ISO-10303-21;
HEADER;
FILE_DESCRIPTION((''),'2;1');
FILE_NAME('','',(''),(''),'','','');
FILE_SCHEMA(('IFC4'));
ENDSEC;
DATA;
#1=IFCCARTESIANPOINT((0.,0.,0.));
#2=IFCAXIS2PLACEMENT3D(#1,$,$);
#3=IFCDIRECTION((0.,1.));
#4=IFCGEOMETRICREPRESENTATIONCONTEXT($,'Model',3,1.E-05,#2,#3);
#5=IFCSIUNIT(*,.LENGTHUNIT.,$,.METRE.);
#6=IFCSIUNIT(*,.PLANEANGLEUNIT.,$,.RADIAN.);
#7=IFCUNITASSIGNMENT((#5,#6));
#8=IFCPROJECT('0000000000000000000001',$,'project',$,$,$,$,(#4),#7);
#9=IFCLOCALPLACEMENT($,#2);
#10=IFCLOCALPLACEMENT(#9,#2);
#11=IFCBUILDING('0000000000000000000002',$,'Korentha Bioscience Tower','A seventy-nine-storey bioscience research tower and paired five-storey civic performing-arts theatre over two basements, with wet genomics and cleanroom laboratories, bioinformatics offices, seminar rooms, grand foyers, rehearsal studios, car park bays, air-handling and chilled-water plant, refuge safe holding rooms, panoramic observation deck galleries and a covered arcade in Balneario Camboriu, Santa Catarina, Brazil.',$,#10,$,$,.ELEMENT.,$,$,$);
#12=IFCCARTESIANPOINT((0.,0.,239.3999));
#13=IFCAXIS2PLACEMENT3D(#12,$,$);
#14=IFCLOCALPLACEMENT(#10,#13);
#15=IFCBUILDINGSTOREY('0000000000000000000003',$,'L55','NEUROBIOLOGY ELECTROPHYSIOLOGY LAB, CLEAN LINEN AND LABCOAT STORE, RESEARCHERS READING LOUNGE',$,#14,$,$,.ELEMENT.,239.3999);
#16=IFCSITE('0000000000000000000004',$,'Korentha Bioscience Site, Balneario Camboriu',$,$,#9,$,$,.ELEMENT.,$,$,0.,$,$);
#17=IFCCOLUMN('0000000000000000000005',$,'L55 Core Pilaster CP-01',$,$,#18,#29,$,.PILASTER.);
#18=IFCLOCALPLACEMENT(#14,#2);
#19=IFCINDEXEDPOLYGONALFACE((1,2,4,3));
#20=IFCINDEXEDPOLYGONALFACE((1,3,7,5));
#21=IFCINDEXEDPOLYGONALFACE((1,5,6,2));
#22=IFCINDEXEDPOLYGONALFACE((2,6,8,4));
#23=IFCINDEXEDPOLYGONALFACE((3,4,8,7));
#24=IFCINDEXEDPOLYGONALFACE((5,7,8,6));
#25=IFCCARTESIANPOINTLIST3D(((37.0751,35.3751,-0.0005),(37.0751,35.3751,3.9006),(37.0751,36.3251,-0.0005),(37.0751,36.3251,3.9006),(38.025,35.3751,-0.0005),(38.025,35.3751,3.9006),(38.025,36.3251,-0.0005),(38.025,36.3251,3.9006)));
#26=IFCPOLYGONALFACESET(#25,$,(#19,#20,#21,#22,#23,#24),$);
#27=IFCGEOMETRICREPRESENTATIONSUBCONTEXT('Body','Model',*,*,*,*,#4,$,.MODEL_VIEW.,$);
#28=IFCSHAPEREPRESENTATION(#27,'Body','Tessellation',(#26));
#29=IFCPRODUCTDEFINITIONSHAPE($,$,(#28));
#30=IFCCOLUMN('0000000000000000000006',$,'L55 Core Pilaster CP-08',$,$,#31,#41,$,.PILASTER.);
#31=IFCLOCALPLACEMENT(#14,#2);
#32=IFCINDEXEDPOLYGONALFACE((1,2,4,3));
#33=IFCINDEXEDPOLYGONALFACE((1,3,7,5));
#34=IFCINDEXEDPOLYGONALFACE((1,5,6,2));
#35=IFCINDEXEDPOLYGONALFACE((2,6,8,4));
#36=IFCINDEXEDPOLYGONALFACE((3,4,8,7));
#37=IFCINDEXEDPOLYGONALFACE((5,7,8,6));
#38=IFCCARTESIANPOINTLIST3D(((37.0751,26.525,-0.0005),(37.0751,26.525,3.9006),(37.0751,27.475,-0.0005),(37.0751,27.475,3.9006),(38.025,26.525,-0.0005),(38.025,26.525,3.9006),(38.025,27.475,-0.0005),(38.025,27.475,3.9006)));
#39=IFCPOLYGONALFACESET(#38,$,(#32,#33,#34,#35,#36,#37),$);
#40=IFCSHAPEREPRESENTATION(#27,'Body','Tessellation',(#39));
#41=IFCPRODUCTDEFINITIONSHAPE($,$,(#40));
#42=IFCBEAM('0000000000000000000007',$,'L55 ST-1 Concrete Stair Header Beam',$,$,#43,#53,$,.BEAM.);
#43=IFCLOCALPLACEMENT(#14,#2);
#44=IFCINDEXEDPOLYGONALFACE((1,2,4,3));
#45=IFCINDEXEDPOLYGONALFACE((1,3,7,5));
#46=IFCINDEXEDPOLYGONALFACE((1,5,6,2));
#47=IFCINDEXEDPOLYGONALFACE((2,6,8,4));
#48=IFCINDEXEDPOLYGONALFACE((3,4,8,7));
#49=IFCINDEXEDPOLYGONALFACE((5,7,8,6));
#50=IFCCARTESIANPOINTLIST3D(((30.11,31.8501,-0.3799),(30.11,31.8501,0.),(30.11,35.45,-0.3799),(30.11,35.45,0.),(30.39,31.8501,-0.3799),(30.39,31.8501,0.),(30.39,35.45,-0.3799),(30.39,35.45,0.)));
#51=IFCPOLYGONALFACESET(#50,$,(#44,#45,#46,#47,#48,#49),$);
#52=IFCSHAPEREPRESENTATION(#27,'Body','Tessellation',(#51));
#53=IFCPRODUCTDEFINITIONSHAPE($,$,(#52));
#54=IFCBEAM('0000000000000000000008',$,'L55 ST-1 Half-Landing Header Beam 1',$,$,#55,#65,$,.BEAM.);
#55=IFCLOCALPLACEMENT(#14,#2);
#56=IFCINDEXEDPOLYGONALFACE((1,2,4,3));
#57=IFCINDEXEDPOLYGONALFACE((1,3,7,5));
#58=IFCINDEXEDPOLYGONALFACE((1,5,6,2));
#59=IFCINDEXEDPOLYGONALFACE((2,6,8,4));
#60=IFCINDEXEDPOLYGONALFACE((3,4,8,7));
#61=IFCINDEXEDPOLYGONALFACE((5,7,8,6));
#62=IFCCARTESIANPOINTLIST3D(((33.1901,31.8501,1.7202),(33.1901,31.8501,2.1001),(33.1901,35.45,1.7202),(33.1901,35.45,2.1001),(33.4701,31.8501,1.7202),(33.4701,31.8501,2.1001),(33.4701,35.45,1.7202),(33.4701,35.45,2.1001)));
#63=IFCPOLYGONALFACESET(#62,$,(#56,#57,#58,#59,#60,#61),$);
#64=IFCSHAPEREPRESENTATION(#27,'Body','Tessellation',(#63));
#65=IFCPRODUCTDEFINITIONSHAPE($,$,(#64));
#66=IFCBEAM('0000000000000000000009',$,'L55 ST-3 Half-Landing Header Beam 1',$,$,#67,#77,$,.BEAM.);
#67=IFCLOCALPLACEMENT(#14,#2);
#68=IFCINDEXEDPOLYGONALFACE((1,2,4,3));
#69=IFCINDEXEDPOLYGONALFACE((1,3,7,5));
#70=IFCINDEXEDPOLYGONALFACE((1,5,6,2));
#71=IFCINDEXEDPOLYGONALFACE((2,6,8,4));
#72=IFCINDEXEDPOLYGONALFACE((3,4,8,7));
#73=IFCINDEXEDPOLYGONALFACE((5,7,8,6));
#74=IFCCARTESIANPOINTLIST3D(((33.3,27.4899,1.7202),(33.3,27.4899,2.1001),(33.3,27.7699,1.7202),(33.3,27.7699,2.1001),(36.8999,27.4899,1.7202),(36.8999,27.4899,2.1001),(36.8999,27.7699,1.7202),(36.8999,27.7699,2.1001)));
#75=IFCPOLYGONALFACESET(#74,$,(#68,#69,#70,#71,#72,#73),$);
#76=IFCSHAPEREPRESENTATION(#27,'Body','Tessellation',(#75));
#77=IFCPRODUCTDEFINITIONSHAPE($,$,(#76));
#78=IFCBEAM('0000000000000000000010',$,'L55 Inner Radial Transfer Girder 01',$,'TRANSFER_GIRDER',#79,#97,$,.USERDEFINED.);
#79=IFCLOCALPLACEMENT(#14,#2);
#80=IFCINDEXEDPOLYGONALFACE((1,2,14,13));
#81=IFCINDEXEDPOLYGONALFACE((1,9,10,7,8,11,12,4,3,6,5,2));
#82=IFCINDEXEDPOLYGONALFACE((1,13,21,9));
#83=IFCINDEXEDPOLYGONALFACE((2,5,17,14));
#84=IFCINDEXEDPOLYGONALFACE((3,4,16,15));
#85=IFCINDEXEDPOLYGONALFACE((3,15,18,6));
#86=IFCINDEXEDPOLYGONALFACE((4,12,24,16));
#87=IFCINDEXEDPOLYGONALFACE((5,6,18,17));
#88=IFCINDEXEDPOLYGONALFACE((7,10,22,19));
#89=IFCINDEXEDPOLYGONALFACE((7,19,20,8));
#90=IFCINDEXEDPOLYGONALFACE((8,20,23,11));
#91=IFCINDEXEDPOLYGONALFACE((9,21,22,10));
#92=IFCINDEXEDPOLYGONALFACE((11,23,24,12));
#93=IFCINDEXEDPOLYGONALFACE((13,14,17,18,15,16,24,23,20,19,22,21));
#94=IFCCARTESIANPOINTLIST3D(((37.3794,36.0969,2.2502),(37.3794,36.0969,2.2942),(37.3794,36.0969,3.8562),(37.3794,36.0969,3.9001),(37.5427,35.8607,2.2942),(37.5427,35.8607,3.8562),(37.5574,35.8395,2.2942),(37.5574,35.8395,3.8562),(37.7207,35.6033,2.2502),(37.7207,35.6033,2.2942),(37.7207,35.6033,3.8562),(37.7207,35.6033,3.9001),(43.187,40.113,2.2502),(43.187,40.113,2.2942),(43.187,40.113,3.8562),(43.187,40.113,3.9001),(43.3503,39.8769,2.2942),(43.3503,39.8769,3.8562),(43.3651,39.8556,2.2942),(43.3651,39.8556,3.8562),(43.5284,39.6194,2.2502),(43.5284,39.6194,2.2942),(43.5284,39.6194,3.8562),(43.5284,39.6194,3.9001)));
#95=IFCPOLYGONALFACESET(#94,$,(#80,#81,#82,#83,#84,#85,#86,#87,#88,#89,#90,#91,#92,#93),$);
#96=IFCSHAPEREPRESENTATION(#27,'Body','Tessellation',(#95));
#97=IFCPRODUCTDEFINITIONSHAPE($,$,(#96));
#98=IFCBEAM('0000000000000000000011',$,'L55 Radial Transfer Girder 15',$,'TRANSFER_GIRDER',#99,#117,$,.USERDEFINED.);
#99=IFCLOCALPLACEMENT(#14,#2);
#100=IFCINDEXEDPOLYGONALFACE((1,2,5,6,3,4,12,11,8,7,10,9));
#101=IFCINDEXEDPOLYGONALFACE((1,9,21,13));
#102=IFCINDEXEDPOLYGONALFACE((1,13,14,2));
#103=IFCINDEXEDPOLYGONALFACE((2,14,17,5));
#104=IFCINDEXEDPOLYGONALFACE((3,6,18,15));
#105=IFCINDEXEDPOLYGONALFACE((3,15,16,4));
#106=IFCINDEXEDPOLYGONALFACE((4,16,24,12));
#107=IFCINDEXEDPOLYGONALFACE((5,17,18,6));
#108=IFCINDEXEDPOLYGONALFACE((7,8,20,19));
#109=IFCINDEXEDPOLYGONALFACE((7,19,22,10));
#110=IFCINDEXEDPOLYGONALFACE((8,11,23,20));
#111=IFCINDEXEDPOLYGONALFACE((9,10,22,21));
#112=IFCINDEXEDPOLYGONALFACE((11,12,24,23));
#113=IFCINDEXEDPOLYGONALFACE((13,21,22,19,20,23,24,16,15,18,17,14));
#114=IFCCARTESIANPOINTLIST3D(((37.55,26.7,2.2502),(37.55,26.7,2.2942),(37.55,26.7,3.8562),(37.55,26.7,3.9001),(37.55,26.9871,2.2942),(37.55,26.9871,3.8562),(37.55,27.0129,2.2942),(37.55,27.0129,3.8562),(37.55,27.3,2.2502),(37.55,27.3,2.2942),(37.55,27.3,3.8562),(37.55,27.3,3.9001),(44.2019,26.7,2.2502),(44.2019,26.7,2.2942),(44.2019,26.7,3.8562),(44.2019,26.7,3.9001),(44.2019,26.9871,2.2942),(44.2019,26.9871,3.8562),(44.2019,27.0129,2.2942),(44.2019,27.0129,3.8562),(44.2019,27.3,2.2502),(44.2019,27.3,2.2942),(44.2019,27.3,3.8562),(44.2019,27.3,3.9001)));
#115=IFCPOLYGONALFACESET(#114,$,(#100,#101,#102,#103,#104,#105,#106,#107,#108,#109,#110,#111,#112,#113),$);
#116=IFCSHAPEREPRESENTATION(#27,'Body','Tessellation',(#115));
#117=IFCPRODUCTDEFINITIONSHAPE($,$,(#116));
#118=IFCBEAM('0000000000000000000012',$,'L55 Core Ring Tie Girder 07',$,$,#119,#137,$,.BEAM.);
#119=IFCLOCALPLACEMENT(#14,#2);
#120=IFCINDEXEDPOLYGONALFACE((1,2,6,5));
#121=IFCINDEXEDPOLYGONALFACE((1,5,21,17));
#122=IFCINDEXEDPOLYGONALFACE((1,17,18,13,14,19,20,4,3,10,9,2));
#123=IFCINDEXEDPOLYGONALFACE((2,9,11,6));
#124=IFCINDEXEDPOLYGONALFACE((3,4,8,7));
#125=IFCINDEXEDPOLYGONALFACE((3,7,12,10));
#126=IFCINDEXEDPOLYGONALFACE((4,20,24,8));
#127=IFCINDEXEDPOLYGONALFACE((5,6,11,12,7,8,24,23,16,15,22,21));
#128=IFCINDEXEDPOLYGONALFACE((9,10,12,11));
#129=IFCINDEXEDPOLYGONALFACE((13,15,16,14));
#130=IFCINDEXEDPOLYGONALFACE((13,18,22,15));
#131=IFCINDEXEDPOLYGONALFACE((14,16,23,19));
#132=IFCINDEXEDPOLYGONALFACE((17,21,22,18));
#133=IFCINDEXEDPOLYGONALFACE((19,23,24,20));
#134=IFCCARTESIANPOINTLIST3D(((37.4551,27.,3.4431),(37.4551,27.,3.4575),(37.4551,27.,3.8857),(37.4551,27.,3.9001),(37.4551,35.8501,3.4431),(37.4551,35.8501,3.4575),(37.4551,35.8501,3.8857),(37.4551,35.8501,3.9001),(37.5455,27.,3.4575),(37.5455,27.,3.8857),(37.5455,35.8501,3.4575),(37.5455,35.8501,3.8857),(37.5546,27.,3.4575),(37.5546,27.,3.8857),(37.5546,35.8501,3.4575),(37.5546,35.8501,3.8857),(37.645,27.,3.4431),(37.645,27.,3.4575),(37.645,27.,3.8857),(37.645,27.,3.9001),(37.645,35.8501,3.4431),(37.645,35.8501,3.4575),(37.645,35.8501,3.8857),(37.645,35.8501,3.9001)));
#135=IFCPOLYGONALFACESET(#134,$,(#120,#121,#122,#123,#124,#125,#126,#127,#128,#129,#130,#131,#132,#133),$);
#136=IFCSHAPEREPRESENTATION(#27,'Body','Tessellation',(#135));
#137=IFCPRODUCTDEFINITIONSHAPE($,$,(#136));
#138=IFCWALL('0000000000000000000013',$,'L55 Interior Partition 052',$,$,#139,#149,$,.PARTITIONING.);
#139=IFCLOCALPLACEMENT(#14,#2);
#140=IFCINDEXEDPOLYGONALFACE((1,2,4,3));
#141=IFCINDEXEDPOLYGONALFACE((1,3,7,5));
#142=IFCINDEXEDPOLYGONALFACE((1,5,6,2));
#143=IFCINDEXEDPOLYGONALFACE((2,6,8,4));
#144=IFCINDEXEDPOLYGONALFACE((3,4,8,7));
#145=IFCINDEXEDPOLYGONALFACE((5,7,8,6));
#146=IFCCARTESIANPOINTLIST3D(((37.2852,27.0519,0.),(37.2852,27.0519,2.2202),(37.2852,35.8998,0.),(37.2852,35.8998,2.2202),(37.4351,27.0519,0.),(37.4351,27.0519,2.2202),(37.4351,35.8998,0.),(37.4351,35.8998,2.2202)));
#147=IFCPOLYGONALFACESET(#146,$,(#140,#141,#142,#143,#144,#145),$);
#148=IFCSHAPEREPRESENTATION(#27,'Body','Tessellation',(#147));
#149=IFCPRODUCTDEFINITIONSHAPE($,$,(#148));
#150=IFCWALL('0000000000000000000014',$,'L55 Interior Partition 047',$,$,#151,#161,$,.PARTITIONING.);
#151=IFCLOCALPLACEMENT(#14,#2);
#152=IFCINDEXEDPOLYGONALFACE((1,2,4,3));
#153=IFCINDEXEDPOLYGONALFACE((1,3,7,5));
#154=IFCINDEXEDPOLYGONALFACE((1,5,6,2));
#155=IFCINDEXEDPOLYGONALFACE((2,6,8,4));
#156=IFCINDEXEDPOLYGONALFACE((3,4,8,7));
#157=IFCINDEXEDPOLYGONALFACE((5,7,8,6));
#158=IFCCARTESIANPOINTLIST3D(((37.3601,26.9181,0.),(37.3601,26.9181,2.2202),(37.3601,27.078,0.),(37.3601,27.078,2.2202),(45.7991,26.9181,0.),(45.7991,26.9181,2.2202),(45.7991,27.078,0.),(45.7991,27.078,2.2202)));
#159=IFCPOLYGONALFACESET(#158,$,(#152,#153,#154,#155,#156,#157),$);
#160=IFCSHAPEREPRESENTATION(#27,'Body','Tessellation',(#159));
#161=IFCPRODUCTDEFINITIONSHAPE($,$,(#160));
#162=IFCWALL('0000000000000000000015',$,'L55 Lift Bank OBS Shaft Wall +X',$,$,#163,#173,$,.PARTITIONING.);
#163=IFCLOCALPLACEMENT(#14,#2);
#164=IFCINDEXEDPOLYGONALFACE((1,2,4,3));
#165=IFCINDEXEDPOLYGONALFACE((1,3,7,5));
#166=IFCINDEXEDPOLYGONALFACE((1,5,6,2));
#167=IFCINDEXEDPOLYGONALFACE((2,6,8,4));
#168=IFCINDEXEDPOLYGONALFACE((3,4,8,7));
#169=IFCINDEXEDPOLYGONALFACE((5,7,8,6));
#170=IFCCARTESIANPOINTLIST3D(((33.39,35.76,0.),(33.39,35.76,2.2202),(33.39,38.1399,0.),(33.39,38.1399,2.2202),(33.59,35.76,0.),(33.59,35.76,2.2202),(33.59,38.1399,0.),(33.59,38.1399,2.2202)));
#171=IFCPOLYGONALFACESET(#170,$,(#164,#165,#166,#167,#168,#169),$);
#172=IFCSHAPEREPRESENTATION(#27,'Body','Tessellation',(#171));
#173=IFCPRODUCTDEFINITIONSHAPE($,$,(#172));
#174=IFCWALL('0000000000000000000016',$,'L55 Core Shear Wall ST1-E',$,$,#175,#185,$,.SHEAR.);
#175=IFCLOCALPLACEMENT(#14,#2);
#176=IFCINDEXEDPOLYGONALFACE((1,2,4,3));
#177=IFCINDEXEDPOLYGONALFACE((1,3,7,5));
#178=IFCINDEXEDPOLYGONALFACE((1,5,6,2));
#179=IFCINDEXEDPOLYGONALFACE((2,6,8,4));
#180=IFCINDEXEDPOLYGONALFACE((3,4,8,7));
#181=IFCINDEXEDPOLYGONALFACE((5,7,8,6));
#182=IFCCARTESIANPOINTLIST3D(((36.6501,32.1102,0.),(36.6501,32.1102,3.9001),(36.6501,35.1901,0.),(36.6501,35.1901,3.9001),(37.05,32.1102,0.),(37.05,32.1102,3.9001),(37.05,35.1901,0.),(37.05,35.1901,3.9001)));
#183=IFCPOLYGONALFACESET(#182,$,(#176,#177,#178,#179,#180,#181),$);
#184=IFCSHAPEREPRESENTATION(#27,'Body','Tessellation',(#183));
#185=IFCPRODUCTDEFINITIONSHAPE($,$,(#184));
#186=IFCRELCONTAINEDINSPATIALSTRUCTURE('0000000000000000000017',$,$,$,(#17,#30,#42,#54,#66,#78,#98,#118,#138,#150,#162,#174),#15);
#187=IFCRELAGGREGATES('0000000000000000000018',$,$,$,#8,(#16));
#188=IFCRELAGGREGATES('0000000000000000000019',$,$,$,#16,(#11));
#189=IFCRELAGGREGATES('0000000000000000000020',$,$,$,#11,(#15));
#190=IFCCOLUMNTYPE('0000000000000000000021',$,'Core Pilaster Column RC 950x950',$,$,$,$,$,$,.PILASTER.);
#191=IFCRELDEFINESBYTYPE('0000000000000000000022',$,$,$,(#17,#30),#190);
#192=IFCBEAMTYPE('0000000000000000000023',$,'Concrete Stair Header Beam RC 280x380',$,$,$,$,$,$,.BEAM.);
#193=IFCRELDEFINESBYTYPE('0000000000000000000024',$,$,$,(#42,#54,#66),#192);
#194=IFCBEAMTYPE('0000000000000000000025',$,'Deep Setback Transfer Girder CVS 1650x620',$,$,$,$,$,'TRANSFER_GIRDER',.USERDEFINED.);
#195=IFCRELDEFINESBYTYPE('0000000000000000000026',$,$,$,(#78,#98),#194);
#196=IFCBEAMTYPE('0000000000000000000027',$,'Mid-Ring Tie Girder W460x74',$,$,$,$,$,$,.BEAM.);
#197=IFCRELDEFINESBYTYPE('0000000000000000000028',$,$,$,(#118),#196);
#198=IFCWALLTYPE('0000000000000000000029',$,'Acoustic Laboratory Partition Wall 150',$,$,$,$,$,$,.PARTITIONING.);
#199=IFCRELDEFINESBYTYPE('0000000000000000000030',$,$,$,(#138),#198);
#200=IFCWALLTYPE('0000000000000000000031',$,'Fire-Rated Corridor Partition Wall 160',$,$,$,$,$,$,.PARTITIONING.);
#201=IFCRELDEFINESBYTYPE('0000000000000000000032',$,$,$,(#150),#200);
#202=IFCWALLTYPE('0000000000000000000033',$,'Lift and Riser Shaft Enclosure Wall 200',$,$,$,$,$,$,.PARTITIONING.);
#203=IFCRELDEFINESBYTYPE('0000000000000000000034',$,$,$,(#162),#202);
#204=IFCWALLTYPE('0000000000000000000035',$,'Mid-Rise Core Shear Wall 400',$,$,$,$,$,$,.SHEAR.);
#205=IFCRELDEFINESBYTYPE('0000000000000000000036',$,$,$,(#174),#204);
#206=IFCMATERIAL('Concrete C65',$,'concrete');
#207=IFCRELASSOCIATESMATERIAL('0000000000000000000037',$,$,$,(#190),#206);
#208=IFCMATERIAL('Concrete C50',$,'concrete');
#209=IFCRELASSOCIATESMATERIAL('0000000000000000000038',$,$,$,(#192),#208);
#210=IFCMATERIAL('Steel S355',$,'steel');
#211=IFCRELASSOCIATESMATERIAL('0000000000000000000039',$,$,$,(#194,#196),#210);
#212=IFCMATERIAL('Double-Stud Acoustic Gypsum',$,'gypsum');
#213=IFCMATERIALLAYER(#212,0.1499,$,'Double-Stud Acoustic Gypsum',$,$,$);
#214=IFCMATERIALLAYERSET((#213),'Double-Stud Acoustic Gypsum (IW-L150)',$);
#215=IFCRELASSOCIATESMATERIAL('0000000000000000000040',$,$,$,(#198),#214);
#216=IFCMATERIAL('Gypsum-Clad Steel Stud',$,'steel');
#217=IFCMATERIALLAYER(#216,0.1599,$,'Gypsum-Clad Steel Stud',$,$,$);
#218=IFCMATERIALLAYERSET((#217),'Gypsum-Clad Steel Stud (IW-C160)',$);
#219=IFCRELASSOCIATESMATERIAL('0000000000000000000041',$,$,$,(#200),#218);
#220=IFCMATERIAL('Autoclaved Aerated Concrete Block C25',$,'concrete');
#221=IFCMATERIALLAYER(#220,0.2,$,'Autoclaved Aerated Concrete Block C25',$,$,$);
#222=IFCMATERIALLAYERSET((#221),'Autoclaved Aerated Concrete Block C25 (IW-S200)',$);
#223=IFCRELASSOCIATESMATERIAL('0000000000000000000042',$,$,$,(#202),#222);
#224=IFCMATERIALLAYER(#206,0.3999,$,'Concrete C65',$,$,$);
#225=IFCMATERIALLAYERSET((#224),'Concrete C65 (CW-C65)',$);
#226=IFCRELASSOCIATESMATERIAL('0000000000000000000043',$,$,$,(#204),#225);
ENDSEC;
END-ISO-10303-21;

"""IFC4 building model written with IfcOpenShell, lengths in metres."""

from ifc_helpers import new_model, si_unit, direction, frame, frame_2d, origin, origin_2d, place, context, subcontext, project, spatial, rectangle, i_section, extrude, material, layer, layer_set, material_profile, profile_set, type_object, element, save


model = new_model("IFC4")

# Units and contexts
model_context = context("Model", 3, precision=1e-05, world=origin(), true_north=direction((0.0, 1.0)))
body_context = subcontext(model_context, "Body", "Model", "MODEL_VIEW")
ifc_project = project(units=[si_unit("LENGTHUNIT", "METRE"), si_unit("PLANEANGLEUNIT", "RADIAN")], contexts=[model_context])

# Site, building, storey
site_placement = place(None, origin())
site = spatial("IfcSite", under=ifc_project, at=site_placement, Name="Korentha Bioscience Site, Balneario Camboriu", CompositionType="ELEMENT", RefElevation=0.0)
building_placement = place(site_placement, origin())
building = spatial("IfcBuilding", under=site, at=building_placement, Name="Korentha Bioscience Tower", Description="A seventy-nine-storey bioscience research tower and paired five-storey civic performing-arts theatre over two basements, with wet genomics and cleanroom laboratories, bioinformatics offices, seminar rooms, grand foyers, rehearsal studios, car park bays, air-handling and chilled-water plant, refuge safe holding rooms, panoramic observation deck galleries and a covered arcade in Balneario Camboriu, Santa Catarina, Brazil.", CompositionType="ELEMENT")
storey_placement = place(building_placement, frame((0.0, 0.0, 239.3999)))
storey = spatial("IfcBuildingStorey", under=building, at=storey_placement, Name="L55", Description="NEUROBIOLOGY ELECTROPHYSIOLOGY LAB, CLEAN LINEN AND LABCOAT STORE, RESEARCHERS READING LOUNGE", CompositionType="ELEMENT", Elevation=239.3999)

# Columns
ifc_material_1 = material(Name="Concrete C65", Category="concrete")
ifc_material_profile_1 = material_profile(ifc_material_1, rectangle(XDim=0.95, YDim=0.95, at=origin_2d()), Name="Concrete C65")
ifc_profile_set_1 = profile_set([ifc_material_profile_1], Name="Concrete C65 (COL-CP09)")
column_type = type_object("IfcColumnType", Name="Core Pilaster Column RC 950x950", PredefinedType="PILASTER", material=ifc_profile_set_1)
for number, where, z_axis, x_axis, name in (
    (1, (37.55, 35.8501, -0.0005), (0.0, 0.0, 1.0), (1.0, 0.0, 0.0), "L55 Core Pilaster CP-01"),
    (2, (37.55, 27.0, -0.0005), (0.0, 0.0, 1.0), (1.0, 0.0, 0.0), "L55 Core Pilaster CP-08"),
):
    element("IfcColumn", number, at=place(storey_placement, frame(where, z_axis=z_axis, x_axis=x_axis)), inside=storey, type_object=column_type, Name=name, PredefinedType="PILASTER", context=body_context, shape_type="SweptSolid", body=[
        extrude(rectangle(XDim=0.95, YDim=0.95, at=origin_2d()), origin(), (0.0, 0.0, 1.0), 3.9011),
    ])

# Beams
ifc_material_2 = material(Name="Concrete C50", Category="concrete")
ifc_material_profile_2 = material_profile(ifc_material_2, rectangle(XDim=0.28, YDim=0.3799, at=origin_2d()), Name="Concrete C50")
ifc_profile_set_2 = profile_set([ifc_material_profile_2], Name="Concrete C50 (ST-HB380)")
beam_type_1 = type_object("IfcBeamType", Name="Concrete Stair Header Beam RC 280x380", PredefinedType="BEAM", material=ifc_profile_set_2)
for number, where, z_axis, x_axis, name in (
    (3, (30.25, 31.8501, -0.1899), (0.0, 1.0, 0.0), (-1.0, 0.0, 0.0), "L55 ST-1 Concrete Stair Header Beam"),
    (4, (33.3301, 31.8501, 1.9102), (0.0, 1.0, 0.0), (-1.0, 0.0, 0.0), "L55 ST-1 Half-Landing Header Beam 1"),
    (5, (36.8999, 27.6299, 1.9102), (-1.0, 0.0, 0.0), (0.0, -1.0, 0.0), "L55 ST-3 Half-Landing Header Beam 1"),
):
    element("IfcBeam", number, at=place(storey_placement, frame(where, z_axis=z_axis, x_axis=x_axis)), inside=storey, type_object=beam_type_1, Name=name, PredefinedType="BEAM", context=body_context, shape_type="SweptSolid", body=[
        extrude(rectangle(XDim=0.28, YDim=0.3799, at=origin_2d()), origin(), (0.0, 0.0, 1.0), 3.5999),
    ])
ifc_material_3 = material(Name="Steel S355", Category="steel")
ifc_material_profile_3 = material_profile(ifc_material_3, i_section(OverallWidth=0.6001, OverallDepth=1.6499, WebThickness=0.0259, FlangeThickness=0.0439, at=origin_2d()), Name="Steel S355")
ifc_profile_set_3 = profile_set([ifc_material_profile_3], Name="Steel S355 (TG-04)")
beam_type_2 = type_object("IfcBeamType", Name="Deep Setback Transfer Girder CVS 1650x620", ElementType="TRANSFER_GIRDER", PredefinedType="USERDEFINED", material=ifc_profile_set_3)
beam_1_placement = place(storey_placement, frame((37.55, 35.8501, 3.0752), z_axis=(0.822493, 0.568775, 0.0), x_axis=(-0.568775, 0.822493, 0.0)))
element("IfcBeam", 6, at=beam_1_placement, inside=storey, type_object=beam_type_2, Name="L55 Inner Radial Transfer Girder 01", ObjectType="TRANSFER_GIRDER", PredefinedType="USERDEFINED", context=body_context, shape_type="SweptSolid", body=[
    extrude(i_section(OverallWidth=0.6001, OverallDepth=1.6499, WebThickness=0.0259, FlangeThickness=0.0439, at=origin_2d()), origin(), (0.0, 0.0, 1.0), 7.061),
])
beam_2_placement = place(storey_placement, frame((37.55, 27.0, 3.0752), z_axis=(1.0, 0.0, 0.0), x_axis=(0.0, 1.0, 0.0)))
element("IfcBeam", 7, at=beam_2_placement, inside=storey, type_object=beam_type_2, Name="L55 Radial Transfer Girder 15", ObjectType="TRANSFER_GIRDER", PredefinedType="USERDEFINED", context=body_context, shape_type="SweptSolid", body=[
    extrude(i_section(OverallWidth=0.6001, OverallDepth=1.6499, WebThickness=0.0259, FlangeThickness=0.0439, at=origin_2d()), origin(), (0.0, 0.0, 1.0), 6.6519),
])
ifc_material_profile_4 = material_profile(ifc_material_3, i_section(OverallWidth=0.1899, OverallDepth=0.457, WebThickness=0.009, FlangeThickness=0.0144, at=origin_2d()), Name="Steel S355")
ifc_profile_set_4 = profile_set([ifc_material_profile_4], Name="Steel S355 (MB-460)")
beam_type_3 = type_object("IfcBeamType", Name="Mid-Ring Tie Girder W460x74", PredefinedType="BEAM", material=ifc_profile_set_4)
beam_3_placement = place(storey_placement, frame((37.55, 27.0, 3.6716), z_axis=(0.0, 1.0, 0.0), x_axis=(-1.0, 0.0, 0.0)))
element("IfcBeam", 8, at=beam_3_placement, inside=storey, type_object=beam_type_3, Name="L55 Core Ring Tie Girder 07", PredefinedType="BEAM", context=body_context, shape_type="SweptSolid", body=[
    extrude(i_section(OverallWidth=0.1899, OverallDepth=0.457, WebThickness=0.009, FlangeThickness=0.0144, at=origin_2d()), origin(), (0.0, 0.0, 1.0), 8.8501),
])

# Walls
ifc_material_4 = material(Name="Double-Stud Acoustic Gypsum", Category="gypsum")
ifc_layer_1 = layer(ifc_material_4, 0.1499, Name="Double-Stud Acoustic Gypsum")
ifc_layer_set_1 = layer_set([ifc_layer_1], Name="Double-Stud Acoustic Gypsum (IW-L150)")
wall_type_1 = type_object("IfcWallType", Name="Acoustic Laboratory Partition Wall 150", PredefinedType="PARTITIONING", material=ifc_layer_set_1)
wall_1_placement = place(storey_placement, frame((37.3601, 27.052, 0.0), z_axis=(0.0, 0.0, 1.0), x_axis=(0.0, 1.0, 0.0)))
element("IfcWall", 9, at=wall_1_placement, inside=storey, type_object=wall_type_1, Name="L55 Interior Partition 052", PredefinedType="PARTITIONING", context=body_context, shape_type="SweptSolid", body=[
    extrude(rectangle(XDim=8.8479, YDim=0.1499, at=frame_2d((4.4238, 0.0))), origin(), (0.0, 0.0, 1.0), 2.2202),
])
ifc_material_5 = material(Name="Gypsum-Clad Steel Stud", Category="steel")
ifc_layer_2 = layer(ifc_material_5, 0.1599, Name="Gypsum-Clad Steel Stud")
ifc_layer_set_2 = layer_set([ifc_layer_2], Name="Gypsum-Clad Steel Stud (IW-C160)")
wall_type_2 = type_object("IfcWallType", Name="Fire-Rated Corridor Partition Wall 160", PredefinedType="PARTITIONING", material=ifc_layer_set_2)
wall_2_placement = place(storey_placement, frame((37.3601, 26.998, 0.0), z_axis=(0.0, 0.0, 1.0), x_axis=(1.0, 0.0, 0.0)))
element("IfcWall", 10, at=wall_2_placement, inside=storey, type_object=wall_type_2, Name="L55 Interior Partition 047", PredefinedType="PARTITIONING", context=body_context, shape_type="SweptSolid", body=[
    extrude(rectangle(XDim=8.439, YDim=0.1599, at=frame_2d((4.2195, 0.0))), origin(), (0.0, 0.0, 1.0), 2.2202),
])
ifc_material_6 = material(Name="Autoclaved Aerated Concrete Block C25", Category="concrete")
ifc_layer_3 = layer(ifc_material_6, 0.2, Name="Autoclaved Aerated Concrete Block C25")
ifc_layer_set_3 = layer_set([ifc_layer_3], Name="Autoclaved Aerated Concrete Block C25 (IW-S200)")
wall_type_3 = type_object("IfcWallType", Name="Lift and Riser Shaft Enclosure Wall 200", PredefinedType="PARTITIONING", material=ifc_layer_set_3)
wall_3_placement = place(storey_placement, frame((33.49, 35.76, 0.0), z_axis=(0.0, 0.0, 1.0), x_axis=(0.0, 1.0, 0.0)))
element("IfcWall", 11, at=wall_3_placement, inside=storey, type_object=wall_type_3, Name="L55 Lift Bank OBS Shaft Wall +X", PredefinedType="PARTITIONING", context=body_context, shape_type="SweptSolid", body=[
    extrude(rectangle(XDim=2.3799, YDim=0.2, at=frame_2d((1.1899, 0.0))), origin(), (0.0, 0.0, 1.0), 2.2202),
])
ifc_layer_4 = layer(ifc_material_1, 0.3999, Name="Concrete C65")
ifc_layer_set_4 = layer_set([ifc_layer_4], Name="Concrete C65 (CW-C65)")
wall_type_4 = type_object("IfcWallType", Name="Mid-Rise Core Shear Wall 400", PredefinedType="SHEAR", material=ifc_layer_set_4)
wall_4_placement = place(storey_placement, frame((36.8501, 32.1101, 0.0), z_axis=(0.0, 0.0, 1.0), x_axis=(0.0, 1.0, 0.0)))
element("IfcWall", 12, at=wall_4_placement, inside=storey, type_object=wall_type_4, Name="L55 Core Shear Wall ST1-E", PredefinedType="SHEAR", context=body_context, shape_type="SweptSolid", body=[
    extrude(rectangle(XDim=3.0798, YDim=0.3999, at=frame_2d((1.54, 0.0))), origin(), (0.0, 0.0, 1.0), 3.9001),
])

save(model, "model.ifc")
